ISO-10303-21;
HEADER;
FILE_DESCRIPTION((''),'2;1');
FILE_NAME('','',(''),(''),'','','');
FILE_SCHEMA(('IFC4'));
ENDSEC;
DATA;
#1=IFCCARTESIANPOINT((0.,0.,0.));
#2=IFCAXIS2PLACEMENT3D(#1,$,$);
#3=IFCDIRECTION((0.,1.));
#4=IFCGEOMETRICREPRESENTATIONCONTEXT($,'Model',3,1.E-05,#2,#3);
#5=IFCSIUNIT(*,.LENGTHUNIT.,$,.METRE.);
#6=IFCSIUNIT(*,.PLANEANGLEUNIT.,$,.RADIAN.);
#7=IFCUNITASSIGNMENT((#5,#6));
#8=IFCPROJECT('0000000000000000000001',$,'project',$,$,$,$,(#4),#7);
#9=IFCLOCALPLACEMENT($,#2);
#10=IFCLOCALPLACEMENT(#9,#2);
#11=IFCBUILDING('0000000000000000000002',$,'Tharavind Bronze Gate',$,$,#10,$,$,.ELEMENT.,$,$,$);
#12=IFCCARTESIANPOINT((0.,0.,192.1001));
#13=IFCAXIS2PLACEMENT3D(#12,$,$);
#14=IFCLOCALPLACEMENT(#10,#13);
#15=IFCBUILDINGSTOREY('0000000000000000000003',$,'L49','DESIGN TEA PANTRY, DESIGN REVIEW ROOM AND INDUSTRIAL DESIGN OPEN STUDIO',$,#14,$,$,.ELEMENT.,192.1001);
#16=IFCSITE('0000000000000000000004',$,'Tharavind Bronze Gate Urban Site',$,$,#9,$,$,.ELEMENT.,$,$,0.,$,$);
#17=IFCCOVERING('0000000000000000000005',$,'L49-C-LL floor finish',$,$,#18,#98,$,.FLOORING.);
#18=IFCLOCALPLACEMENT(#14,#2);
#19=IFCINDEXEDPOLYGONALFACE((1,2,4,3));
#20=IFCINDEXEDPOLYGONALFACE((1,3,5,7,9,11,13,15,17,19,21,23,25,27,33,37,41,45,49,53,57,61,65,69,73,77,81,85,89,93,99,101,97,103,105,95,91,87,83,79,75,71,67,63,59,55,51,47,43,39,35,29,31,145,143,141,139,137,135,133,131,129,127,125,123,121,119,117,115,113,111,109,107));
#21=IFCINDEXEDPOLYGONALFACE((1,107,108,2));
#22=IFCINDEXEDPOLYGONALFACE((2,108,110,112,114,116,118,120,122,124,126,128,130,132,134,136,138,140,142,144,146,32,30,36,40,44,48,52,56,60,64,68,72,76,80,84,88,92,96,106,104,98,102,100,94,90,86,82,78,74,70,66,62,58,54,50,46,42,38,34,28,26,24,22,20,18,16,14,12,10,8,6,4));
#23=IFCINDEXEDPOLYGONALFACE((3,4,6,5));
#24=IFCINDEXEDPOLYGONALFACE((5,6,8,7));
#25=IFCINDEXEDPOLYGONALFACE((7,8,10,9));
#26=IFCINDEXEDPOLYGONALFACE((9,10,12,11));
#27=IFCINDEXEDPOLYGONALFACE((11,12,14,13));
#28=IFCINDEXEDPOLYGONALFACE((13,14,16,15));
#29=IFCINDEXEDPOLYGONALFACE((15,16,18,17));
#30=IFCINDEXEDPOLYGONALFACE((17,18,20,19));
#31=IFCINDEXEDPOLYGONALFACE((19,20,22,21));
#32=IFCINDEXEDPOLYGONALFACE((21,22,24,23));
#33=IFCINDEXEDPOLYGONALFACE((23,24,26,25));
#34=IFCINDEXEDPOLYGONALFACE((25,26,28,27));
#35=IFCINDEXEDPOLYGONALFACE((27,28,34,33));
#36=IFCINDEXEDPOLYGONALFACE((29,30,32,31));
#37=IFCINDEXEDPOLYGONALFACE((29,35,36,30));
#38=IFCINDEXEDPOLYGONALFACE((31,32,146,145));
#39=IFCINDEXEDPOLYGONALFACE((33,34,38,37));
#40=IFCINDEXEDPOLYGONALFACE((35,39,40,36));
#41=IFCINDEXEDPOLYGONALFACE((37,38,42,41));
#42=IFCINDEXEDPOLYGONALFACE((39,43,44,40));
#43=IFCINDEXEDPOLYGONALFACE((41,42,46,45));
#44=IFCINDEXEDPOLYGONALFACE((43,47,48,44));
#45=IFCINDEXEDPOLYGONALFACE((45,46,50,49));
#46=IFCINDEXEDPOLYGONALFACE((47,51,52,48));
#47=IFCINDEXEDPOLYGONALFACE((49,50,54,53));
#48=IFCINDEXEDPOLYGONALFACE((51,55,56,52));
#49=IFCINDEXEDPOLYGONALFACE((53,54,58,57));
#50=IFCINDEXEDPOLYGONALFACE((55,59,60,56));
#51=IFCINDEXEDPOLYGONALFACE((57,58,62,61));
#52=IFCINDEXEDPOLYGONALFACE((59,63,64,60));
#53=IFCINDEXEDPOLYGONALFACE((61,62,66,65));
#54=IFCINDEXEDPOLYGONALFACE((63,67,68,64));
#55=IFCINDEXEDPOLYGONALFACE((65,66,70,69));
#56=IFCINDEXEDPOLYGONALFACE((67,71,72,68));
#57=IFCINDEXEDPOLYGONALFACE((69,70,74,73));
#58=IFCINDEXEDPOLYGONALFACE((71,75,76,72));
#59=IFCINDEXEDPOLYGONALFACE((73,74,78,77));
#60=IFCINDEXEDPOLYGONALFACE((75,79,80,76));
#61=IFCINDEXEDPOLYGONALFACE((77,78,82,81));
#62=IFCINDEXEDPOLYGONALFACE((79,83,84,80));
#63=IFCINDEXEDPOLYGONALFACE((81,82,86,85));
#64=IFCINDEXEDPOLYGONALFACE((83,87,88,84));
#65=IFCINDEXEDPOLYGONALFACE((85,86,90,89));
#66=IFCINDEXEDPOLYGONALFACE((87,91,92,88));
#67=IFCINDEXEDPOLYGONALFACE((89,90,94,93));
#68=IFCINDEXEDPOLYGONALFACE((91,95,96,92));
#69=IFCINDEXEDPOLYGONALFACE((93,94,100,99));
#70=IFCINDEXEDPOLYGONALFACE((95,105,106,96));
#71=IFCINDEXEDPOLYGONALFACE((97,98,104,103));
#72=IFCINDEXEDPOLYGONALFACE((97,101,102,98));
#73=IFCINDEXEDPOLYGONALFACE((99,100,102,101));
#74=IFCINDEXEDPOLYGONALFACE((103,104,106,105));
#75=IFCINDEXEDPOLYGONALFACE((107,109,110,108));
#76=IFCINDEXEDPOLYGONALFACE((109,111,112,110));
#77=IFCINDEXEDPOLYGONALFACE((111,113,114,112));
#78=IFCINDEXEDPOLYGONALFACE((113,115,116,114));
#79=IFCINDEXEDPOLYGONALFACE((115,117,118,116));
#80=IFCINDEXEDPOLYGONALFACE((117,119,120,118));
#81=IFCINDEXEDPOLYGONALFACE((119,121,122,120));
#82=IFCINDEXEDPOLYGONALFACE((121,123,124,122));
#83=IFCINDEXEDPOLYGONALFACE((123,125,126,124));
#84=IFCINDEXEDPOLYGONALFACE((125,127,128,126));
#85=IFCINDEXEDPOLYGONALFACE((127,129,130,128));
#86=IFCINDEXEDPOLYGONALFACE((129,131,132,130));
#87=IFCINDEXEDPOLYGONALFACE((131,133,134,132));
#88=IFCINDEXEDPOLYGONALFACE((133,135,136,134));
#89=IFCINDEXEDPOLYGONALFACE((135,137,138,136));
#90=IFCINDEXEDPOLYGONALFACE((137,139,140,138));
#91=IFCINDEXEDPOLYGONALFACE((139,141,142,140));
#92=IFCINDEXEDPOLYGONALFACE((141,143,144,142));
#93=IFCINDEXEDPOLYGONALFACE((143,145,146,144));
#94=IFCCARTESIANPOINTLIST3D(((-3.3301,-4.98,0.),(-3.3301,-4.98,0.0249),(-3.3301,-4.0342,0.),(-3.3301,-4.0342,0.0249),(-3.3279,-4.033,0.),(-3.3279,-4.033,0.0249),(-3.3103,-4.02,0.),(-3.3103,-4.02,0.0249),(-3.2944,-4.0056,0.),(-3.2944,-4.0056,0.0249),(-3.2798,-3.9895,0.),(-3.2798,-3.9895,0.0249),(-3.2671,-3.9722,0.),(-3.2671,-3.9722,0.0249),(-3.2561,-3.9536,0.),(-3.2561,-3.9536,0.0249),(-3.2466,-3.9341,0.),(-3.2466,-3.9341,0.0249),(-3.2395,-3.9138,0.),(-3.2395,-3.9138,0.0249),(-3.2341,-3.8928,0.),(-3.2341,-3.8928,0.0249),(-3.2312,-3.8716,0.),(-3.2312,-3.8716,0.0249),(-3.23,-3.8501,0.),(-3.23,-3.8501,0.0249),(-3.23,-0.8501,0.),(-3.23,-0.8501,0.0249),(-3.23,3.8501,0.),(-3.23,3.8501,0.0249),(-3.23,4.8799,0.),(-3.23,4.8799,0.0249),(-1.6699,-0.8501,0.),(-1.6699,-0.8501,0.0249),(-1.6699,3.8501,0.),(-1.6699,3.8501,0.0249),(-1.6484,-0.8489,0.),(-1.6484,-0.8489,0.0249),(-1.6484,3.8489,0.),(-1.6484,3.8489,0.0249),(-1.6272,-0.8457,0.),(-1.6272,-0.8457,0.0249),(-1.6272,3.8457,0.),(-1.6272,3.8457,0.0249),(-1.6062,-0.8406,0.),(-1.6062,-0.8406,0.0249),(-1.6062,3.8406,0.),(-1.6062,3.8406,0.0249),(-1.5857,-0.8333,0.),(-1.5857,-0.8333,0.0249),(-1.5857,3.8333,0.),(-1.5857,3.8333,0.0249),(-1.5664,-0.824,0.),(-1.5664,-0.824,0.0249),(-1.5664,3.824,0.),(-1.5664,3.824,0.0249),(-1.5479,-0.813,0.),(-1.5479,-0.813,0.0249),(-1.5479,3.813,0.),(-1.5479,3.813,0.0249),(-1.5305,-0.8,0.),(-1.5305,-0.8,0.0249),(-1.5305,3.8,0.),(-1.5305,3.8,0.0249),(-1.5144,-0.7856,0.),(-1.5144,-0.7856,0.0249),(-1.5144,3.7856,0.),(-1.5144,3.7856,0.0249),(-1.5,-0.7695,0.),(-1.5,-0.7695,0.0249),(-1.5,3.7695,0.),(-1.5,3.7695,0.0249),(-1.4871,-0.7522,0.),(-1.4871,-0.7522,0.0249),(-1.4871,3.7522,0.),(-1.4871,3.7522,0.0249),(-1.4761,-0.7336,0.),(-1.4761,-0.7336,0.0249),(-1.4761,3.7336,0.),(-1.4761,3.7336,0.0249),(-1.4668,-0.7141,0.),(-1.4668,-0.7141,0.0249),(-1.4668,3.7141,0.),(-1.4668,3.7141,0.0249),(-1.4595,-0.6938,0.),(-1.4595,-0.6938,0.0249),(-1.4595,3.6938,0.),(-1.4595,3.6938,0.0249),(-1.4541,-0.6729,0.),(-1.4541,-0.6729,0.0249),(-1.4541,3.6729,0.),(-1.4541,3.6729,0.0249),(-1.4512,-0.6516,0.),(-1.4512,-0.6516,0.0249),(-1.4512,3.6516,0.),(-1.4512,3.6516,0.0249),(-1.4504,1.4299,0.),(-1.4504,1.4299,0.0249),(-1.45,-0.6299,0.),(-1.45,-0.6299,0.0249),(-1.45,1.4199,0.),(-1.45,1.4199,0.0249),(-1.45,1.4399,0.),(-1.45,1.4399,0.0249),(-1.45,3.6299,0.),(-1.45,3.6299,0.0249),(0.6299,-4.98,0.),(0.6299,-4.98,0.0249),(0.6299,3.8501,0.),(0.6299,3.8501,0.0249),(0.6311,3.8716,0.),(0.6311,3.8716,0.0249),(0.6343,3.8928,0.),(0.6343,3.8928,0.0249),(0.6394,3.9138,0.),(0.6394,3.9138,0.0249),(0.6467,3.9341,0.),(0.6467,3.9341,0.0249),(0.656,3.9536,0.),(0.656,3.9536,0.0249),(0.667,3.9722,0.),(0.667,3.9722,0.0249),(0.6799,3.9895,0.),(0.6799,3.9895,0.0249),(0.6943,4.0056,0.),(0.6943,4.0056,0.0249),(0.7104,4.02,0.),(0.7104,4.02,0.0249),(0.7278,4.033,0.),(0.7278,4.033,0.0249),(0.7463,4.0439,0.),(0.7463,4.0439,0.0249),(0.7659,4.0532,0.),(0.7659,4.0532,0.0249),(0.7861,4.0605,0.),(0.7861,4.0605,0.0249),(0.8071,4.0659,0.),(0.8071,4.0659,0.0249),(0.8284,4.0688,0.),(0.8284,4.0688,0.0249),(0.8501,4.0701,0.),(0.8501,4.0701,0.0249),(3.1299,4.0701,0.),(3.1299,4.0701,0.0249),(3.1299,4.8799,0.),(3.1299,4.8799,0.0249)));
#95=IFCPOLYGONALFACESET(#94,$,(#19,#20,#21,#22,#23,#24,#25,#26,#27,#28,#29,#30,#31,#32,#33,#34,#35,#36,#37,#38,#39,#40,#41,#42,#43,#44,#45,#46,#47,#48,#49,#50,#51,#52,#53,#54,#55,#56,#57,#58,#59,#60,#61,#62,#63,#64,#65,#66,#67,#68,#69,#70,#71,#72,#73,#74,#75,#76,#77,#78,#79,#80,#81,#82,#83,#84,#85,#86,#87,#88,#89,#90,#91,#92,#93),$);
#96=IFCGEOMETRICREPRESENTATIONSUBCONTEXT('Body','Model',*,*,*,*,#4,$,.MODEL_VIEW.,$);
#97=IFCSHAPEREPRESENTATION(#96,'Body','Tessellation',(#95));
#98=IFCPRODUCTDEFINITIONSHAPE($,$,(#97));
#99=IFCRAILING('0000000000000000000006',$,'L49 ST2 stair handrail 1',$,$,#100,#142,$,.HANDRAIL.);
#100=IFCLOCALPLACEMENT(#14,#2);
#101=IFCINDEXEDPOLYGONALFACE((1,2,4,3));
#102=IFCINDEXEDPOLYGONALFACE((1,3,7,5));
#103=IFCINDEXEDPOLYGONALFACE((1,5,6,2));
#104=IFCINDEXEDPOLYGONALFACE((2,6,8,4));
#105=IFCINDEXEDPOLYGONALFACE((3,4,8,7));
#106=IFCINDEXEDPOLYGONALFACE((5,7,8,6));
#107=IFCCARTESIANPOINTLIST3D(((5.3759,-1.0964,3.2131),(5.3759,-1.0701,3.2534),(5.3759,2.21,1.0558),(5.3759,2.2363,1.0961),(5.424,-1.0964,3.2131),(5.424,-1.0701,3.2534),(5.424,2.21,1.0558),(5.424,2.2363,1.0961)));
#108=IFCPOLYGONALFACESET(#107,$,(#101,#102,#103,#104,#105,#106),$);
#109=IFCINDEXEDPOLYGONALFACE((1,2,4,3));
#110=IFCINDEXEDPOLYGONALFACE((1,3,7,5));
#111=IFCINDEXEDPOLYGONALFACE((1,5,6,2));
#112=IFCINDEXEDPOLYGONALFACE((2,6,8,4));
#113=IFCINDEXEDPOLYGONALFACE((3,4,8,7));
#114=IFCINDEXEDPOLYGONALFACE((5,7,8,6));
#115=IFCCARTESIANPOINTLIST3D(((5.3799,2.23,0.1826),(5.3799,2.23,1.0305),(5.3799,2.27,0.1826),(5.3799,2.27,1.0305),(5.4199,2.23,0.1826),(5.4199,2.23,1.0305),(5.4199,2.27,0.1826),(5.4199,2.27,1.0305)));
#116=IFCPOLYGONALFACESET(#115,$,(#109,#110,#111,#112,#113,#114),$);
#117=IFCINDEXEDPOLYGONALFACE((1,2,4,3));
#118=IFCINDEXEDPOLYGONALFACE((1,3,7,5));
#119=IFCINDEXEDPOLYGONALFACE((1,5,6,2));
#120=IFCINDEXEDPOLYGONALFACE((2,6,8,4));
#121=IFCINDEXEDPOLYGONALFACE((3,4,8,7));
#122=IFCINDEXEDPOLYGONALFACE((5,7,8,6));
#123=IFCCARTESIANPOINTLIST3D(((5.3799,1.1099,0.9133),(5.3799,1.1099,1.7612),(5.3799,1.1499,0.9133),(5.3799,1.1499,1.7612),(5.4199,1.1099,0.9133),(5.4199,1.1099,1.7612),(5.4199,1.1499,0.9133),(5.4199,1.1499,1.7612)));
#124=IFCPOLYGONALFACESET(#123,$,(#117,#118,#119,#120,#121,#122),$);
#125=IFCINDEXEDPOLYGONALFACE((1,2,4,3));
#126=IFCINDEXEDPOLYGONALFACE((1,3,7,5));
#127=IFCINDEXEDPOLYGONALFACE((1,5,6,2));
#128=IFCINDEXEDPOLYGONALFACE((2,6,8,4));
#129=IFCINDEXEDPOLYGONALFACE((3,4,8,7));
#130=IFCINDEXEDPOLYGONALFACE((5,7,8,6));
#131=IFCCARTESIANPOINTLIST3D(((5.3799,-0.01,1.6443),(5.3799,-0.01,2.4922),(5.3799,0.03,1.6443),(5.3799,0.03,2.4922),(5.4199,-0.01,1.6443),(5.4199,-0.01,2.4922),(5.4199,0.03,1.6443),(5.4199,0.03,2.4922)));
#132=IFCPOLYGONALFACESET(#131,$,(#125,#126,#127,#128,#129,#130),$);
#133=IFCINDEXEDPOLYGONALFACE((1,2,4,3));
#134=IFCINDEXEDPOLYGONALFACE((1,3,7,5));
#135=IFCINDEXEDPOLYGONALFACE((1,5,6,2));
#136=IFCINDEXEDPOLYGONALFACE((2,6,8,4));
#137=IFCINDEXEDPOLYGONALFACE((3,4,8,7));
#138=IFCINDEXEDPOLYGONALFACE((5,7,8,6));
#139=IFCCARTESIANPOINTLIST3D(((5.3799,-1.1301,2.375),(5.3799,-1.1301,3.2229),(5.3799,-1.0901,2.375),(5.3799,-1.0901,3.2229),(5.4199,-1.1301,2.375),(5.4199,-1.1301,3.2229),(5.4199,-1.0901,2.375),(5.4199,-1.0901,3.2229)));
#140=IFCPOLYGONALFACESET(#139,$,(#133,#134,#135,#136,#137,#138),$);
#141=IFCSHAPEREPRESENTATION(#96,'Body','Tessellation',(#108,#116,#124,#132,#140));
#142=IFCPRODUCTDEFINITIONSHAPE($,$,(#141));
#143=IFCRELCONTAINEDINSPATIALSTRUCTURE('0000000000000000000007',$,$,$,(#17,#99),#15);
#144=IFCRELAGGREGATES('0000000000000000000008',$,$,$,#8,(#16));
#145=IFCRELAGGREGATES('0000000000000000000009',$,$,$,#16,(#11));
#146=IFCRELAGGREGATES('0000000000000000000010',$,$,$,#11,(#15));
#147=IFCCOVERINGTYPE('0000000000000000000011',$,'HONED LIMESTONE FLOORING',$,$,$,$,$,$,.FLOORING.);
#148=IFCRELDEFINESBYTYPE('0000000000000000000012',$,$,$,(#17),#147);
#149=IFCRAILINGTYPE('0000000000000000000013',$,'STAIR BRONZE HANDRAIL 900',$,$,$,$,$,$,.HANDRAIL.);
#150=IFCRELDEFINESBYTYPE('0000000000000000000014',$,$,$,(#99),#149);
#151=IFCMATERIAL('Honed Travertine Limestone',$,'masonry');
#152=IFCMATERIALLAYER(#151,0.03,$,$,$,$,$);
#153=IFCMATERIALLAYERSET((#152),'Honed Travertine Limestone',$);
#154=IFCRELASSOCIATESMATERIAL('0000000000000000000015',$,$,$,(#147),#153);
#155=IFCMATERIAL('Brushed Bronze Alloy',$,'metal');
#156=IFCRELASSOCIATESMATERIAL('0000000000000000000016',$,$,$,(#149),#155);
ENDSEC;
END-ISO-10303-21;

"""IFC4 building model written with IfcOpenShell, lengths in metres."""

from ifc_helpers import new_model, si_unit, direction, frame, origin, origin_2d, place, context, subcontext, project, spatial, polyline, rectangle, outline, extrude, material, layer, layer_set, type_object, element, save


model = new_model("IFC4")

# Units and contexts
model_context = context("Model", 3, precision=1e-05, world=origin(), true_north=direction((0.0, 1.0)))
body_context = subcontext(model_context, "Body", "Model", "MODEL_VIEW")
ifc_project = project(units=[si_unit("LENGTHUNIT", "METRE"), si_unit("PLANEANGLEUNIT", "RADIAN")], contexts=[model_context])

# Site, building, storey
site_placement = place(None, origin())
site = spatial("IfcSite", under=ifc_project, at=site_placement, Name="Tharavind Bronze Gate Urban Site", CompositionType="ELEMENT", RefElevation=0.0)
building_placement = place(site_placement, origin())
building = spatial("IfcBuilding", under=site, at=building_placement, Name="Tharavind Bronze Gate", CompositionType="ELEMENT")
storey_placement = place(building_placement, frame((0.0, 0.0, 192.1001)))
storey = spatial("IfcBuildingStorey", under=building, at=storey_placement, Name="L49", Description="DESIGN TEA PANTRY, DESIGN REVIEW ROOM AND INDUSTRIAL DESIGN OPEN STUDIO", CompositionType="ELEMENT", Elevation=192.1001)

# Covering
ifc_material_1 = material(Name="Honed Travertine Limestone", Category="masonry")
ifc_layer_1 = layer(ifc_material_1, 0.03)
ifc_layer_set_1 = layer_set([ifc_layer_1], Name="Honed Travertine Limestone")
covering_type_1 = type_object("IfcCoveringType", Name="HONED LIMESTONE FLOORING", PredefinedType="FLOORING", material=ifc_layer_set_1)
covering_1_placement = place(storey_placement, origin())
element("IfcCovering", 1, at=covering_1_placement, inside=storey, type_object=covering_type_1, Name="L49-C-LL floor finish", PredefinedType="FLOORING", context=body_context, shape_type="SweptSolid", body=[
    extrude(outline(polyline([(-3.3301, -4.98), (0.6299, -4.98), (0.6299, 3.8501), (0.6311, 3.8716), (0.6343, 3.8928), (0.6394, 3.9138), (0.6467, 3.9341), (0.656, 3.9536), (0.667, 3.9722), (0.6799, 3.9895), (0.6943, 4.0056), (0.7104, 4.02), (0.7278, 4.033), (0.7463, 4.0439), (0.7659, 4.0532), (0.7861, 4.0605), (0.8071, 4.0659), (0.8284, 4.0688), (0.8501, 4.0701), (3.1299, 4.0701), (3.1299, 4.8799), (-3.23, 4.8799), (-3.23, 3.8501), (-1.6699, 3.8501), (-1.6484, 3.8489), (-1.6272, 3.8457), (-1.6062, 3.8406), (-1.5857, 3.8333), (-1.5664, 3.824), (-1.5479, 3.813), (-1.5305, 3.8), (-1.5144, 3.7856), (-1.5, 3.7695), (-1.4871, 3.7522), (-1.4761, 3.7336), (-1.4668, 3.7141), (-1.4595, 3.6938), (-1.4541, 3.6729), (-1.4512, 3.6516), (-1.45, 3.6299), (-1.45, 1.4399), (-1.4504, 1.4299), (-1.45, 1.4199), (-1.45, -0.6299), (-1.4512, -0.6516), (-1.4541, -0.6729), (-1.4595, -0.6938), (-1.4668, -0.7141), (-1.4761, -0.7336), (-1.4871, -0.7522), (-1.5, -0.7695), (-1.5144, -0.7856), (-1.5305, -0.8), (-1.5479, -0.813), (-1.5664, -0.824), (-1.5857, -0.8333), (-1.6062, -0.8406), (-1.6272, -0.8457), (-1.6484, -0.8489), (-1.6699, -0.8501), (-3.23, -0.8501), (-3.23, -3.8501), (-3.2312, -3.8716), (-3.2341, -3.8928), (-3.2395, -3.9138), (-3.2466, -3.9341), (-3.2561, -3.9536), (-3.2671, -3.9722), (-3.2798, -3.9895), (-3.2944, -4.0056), (-3.3103, -4.02), (-3.3279, -4.033), (-3.3301, -4.0342), (-3.3301, -4.98)])), origin(), (0.0, 0.0, 1.0), 0.0249),
])

# Railing
ifc_material_2 = material(Name="Brushed Bronze Alloy", Category="metal")
railing_type = type_object("IfcRailingType", Name="STAIR BRONZE HANDRAIL 900", PredefinedType="HANDRAIL", material=ifc_material_2)
railing_placement = place(storey_placement, frame((5.3999, 2.25, 0.1826)))
element("IfcRailing", 2, at=railing_placement, inside=storey, type_object=railing_type, Name="L49 ST2 stair handrail 1", PredefinedType="HANDRAIL", context=body_context, shape_type="SweptSolid", body=[
    extrude(rectangle(XDim=0.0481, YDim=0.0481, at=origin_2d()), frame((0.0, -0.0269, 0.8933), z_axis=(0.0, -0.837496, 0.546444), x_axis=(1.0, 0.0, 0.0)), (0.0, 0.0, 1.0), 3.948),
    extrude(rectangle(XDim=0.04, YDim=0.04, at=origin_2d()), origin(), (0.0, 0.0, 1.0), 0.8479),
    extrude(rectangle(XDim=0.04, YDim=0.04, at=origin_2d()), frame((0.0, -1.1201, 0.7307)), (0.0, 0.0, 1.0), 0.8479),
    extrude(rectangle(XDim=0.04, YDim=0.04, at=origin_2d()), frame((0.0, -2.24, 1.4617)), (0.0, 0.0, 1.0), 0.8479),
    extrude(rectangle(XDim=0.04, YDim=0.04, at=origin_2d()), frame((0.0, -3.3601, 2.1924)), (0.0, 0.0, 1.0), 0.8479),
])

save(model, "model.ifc")
